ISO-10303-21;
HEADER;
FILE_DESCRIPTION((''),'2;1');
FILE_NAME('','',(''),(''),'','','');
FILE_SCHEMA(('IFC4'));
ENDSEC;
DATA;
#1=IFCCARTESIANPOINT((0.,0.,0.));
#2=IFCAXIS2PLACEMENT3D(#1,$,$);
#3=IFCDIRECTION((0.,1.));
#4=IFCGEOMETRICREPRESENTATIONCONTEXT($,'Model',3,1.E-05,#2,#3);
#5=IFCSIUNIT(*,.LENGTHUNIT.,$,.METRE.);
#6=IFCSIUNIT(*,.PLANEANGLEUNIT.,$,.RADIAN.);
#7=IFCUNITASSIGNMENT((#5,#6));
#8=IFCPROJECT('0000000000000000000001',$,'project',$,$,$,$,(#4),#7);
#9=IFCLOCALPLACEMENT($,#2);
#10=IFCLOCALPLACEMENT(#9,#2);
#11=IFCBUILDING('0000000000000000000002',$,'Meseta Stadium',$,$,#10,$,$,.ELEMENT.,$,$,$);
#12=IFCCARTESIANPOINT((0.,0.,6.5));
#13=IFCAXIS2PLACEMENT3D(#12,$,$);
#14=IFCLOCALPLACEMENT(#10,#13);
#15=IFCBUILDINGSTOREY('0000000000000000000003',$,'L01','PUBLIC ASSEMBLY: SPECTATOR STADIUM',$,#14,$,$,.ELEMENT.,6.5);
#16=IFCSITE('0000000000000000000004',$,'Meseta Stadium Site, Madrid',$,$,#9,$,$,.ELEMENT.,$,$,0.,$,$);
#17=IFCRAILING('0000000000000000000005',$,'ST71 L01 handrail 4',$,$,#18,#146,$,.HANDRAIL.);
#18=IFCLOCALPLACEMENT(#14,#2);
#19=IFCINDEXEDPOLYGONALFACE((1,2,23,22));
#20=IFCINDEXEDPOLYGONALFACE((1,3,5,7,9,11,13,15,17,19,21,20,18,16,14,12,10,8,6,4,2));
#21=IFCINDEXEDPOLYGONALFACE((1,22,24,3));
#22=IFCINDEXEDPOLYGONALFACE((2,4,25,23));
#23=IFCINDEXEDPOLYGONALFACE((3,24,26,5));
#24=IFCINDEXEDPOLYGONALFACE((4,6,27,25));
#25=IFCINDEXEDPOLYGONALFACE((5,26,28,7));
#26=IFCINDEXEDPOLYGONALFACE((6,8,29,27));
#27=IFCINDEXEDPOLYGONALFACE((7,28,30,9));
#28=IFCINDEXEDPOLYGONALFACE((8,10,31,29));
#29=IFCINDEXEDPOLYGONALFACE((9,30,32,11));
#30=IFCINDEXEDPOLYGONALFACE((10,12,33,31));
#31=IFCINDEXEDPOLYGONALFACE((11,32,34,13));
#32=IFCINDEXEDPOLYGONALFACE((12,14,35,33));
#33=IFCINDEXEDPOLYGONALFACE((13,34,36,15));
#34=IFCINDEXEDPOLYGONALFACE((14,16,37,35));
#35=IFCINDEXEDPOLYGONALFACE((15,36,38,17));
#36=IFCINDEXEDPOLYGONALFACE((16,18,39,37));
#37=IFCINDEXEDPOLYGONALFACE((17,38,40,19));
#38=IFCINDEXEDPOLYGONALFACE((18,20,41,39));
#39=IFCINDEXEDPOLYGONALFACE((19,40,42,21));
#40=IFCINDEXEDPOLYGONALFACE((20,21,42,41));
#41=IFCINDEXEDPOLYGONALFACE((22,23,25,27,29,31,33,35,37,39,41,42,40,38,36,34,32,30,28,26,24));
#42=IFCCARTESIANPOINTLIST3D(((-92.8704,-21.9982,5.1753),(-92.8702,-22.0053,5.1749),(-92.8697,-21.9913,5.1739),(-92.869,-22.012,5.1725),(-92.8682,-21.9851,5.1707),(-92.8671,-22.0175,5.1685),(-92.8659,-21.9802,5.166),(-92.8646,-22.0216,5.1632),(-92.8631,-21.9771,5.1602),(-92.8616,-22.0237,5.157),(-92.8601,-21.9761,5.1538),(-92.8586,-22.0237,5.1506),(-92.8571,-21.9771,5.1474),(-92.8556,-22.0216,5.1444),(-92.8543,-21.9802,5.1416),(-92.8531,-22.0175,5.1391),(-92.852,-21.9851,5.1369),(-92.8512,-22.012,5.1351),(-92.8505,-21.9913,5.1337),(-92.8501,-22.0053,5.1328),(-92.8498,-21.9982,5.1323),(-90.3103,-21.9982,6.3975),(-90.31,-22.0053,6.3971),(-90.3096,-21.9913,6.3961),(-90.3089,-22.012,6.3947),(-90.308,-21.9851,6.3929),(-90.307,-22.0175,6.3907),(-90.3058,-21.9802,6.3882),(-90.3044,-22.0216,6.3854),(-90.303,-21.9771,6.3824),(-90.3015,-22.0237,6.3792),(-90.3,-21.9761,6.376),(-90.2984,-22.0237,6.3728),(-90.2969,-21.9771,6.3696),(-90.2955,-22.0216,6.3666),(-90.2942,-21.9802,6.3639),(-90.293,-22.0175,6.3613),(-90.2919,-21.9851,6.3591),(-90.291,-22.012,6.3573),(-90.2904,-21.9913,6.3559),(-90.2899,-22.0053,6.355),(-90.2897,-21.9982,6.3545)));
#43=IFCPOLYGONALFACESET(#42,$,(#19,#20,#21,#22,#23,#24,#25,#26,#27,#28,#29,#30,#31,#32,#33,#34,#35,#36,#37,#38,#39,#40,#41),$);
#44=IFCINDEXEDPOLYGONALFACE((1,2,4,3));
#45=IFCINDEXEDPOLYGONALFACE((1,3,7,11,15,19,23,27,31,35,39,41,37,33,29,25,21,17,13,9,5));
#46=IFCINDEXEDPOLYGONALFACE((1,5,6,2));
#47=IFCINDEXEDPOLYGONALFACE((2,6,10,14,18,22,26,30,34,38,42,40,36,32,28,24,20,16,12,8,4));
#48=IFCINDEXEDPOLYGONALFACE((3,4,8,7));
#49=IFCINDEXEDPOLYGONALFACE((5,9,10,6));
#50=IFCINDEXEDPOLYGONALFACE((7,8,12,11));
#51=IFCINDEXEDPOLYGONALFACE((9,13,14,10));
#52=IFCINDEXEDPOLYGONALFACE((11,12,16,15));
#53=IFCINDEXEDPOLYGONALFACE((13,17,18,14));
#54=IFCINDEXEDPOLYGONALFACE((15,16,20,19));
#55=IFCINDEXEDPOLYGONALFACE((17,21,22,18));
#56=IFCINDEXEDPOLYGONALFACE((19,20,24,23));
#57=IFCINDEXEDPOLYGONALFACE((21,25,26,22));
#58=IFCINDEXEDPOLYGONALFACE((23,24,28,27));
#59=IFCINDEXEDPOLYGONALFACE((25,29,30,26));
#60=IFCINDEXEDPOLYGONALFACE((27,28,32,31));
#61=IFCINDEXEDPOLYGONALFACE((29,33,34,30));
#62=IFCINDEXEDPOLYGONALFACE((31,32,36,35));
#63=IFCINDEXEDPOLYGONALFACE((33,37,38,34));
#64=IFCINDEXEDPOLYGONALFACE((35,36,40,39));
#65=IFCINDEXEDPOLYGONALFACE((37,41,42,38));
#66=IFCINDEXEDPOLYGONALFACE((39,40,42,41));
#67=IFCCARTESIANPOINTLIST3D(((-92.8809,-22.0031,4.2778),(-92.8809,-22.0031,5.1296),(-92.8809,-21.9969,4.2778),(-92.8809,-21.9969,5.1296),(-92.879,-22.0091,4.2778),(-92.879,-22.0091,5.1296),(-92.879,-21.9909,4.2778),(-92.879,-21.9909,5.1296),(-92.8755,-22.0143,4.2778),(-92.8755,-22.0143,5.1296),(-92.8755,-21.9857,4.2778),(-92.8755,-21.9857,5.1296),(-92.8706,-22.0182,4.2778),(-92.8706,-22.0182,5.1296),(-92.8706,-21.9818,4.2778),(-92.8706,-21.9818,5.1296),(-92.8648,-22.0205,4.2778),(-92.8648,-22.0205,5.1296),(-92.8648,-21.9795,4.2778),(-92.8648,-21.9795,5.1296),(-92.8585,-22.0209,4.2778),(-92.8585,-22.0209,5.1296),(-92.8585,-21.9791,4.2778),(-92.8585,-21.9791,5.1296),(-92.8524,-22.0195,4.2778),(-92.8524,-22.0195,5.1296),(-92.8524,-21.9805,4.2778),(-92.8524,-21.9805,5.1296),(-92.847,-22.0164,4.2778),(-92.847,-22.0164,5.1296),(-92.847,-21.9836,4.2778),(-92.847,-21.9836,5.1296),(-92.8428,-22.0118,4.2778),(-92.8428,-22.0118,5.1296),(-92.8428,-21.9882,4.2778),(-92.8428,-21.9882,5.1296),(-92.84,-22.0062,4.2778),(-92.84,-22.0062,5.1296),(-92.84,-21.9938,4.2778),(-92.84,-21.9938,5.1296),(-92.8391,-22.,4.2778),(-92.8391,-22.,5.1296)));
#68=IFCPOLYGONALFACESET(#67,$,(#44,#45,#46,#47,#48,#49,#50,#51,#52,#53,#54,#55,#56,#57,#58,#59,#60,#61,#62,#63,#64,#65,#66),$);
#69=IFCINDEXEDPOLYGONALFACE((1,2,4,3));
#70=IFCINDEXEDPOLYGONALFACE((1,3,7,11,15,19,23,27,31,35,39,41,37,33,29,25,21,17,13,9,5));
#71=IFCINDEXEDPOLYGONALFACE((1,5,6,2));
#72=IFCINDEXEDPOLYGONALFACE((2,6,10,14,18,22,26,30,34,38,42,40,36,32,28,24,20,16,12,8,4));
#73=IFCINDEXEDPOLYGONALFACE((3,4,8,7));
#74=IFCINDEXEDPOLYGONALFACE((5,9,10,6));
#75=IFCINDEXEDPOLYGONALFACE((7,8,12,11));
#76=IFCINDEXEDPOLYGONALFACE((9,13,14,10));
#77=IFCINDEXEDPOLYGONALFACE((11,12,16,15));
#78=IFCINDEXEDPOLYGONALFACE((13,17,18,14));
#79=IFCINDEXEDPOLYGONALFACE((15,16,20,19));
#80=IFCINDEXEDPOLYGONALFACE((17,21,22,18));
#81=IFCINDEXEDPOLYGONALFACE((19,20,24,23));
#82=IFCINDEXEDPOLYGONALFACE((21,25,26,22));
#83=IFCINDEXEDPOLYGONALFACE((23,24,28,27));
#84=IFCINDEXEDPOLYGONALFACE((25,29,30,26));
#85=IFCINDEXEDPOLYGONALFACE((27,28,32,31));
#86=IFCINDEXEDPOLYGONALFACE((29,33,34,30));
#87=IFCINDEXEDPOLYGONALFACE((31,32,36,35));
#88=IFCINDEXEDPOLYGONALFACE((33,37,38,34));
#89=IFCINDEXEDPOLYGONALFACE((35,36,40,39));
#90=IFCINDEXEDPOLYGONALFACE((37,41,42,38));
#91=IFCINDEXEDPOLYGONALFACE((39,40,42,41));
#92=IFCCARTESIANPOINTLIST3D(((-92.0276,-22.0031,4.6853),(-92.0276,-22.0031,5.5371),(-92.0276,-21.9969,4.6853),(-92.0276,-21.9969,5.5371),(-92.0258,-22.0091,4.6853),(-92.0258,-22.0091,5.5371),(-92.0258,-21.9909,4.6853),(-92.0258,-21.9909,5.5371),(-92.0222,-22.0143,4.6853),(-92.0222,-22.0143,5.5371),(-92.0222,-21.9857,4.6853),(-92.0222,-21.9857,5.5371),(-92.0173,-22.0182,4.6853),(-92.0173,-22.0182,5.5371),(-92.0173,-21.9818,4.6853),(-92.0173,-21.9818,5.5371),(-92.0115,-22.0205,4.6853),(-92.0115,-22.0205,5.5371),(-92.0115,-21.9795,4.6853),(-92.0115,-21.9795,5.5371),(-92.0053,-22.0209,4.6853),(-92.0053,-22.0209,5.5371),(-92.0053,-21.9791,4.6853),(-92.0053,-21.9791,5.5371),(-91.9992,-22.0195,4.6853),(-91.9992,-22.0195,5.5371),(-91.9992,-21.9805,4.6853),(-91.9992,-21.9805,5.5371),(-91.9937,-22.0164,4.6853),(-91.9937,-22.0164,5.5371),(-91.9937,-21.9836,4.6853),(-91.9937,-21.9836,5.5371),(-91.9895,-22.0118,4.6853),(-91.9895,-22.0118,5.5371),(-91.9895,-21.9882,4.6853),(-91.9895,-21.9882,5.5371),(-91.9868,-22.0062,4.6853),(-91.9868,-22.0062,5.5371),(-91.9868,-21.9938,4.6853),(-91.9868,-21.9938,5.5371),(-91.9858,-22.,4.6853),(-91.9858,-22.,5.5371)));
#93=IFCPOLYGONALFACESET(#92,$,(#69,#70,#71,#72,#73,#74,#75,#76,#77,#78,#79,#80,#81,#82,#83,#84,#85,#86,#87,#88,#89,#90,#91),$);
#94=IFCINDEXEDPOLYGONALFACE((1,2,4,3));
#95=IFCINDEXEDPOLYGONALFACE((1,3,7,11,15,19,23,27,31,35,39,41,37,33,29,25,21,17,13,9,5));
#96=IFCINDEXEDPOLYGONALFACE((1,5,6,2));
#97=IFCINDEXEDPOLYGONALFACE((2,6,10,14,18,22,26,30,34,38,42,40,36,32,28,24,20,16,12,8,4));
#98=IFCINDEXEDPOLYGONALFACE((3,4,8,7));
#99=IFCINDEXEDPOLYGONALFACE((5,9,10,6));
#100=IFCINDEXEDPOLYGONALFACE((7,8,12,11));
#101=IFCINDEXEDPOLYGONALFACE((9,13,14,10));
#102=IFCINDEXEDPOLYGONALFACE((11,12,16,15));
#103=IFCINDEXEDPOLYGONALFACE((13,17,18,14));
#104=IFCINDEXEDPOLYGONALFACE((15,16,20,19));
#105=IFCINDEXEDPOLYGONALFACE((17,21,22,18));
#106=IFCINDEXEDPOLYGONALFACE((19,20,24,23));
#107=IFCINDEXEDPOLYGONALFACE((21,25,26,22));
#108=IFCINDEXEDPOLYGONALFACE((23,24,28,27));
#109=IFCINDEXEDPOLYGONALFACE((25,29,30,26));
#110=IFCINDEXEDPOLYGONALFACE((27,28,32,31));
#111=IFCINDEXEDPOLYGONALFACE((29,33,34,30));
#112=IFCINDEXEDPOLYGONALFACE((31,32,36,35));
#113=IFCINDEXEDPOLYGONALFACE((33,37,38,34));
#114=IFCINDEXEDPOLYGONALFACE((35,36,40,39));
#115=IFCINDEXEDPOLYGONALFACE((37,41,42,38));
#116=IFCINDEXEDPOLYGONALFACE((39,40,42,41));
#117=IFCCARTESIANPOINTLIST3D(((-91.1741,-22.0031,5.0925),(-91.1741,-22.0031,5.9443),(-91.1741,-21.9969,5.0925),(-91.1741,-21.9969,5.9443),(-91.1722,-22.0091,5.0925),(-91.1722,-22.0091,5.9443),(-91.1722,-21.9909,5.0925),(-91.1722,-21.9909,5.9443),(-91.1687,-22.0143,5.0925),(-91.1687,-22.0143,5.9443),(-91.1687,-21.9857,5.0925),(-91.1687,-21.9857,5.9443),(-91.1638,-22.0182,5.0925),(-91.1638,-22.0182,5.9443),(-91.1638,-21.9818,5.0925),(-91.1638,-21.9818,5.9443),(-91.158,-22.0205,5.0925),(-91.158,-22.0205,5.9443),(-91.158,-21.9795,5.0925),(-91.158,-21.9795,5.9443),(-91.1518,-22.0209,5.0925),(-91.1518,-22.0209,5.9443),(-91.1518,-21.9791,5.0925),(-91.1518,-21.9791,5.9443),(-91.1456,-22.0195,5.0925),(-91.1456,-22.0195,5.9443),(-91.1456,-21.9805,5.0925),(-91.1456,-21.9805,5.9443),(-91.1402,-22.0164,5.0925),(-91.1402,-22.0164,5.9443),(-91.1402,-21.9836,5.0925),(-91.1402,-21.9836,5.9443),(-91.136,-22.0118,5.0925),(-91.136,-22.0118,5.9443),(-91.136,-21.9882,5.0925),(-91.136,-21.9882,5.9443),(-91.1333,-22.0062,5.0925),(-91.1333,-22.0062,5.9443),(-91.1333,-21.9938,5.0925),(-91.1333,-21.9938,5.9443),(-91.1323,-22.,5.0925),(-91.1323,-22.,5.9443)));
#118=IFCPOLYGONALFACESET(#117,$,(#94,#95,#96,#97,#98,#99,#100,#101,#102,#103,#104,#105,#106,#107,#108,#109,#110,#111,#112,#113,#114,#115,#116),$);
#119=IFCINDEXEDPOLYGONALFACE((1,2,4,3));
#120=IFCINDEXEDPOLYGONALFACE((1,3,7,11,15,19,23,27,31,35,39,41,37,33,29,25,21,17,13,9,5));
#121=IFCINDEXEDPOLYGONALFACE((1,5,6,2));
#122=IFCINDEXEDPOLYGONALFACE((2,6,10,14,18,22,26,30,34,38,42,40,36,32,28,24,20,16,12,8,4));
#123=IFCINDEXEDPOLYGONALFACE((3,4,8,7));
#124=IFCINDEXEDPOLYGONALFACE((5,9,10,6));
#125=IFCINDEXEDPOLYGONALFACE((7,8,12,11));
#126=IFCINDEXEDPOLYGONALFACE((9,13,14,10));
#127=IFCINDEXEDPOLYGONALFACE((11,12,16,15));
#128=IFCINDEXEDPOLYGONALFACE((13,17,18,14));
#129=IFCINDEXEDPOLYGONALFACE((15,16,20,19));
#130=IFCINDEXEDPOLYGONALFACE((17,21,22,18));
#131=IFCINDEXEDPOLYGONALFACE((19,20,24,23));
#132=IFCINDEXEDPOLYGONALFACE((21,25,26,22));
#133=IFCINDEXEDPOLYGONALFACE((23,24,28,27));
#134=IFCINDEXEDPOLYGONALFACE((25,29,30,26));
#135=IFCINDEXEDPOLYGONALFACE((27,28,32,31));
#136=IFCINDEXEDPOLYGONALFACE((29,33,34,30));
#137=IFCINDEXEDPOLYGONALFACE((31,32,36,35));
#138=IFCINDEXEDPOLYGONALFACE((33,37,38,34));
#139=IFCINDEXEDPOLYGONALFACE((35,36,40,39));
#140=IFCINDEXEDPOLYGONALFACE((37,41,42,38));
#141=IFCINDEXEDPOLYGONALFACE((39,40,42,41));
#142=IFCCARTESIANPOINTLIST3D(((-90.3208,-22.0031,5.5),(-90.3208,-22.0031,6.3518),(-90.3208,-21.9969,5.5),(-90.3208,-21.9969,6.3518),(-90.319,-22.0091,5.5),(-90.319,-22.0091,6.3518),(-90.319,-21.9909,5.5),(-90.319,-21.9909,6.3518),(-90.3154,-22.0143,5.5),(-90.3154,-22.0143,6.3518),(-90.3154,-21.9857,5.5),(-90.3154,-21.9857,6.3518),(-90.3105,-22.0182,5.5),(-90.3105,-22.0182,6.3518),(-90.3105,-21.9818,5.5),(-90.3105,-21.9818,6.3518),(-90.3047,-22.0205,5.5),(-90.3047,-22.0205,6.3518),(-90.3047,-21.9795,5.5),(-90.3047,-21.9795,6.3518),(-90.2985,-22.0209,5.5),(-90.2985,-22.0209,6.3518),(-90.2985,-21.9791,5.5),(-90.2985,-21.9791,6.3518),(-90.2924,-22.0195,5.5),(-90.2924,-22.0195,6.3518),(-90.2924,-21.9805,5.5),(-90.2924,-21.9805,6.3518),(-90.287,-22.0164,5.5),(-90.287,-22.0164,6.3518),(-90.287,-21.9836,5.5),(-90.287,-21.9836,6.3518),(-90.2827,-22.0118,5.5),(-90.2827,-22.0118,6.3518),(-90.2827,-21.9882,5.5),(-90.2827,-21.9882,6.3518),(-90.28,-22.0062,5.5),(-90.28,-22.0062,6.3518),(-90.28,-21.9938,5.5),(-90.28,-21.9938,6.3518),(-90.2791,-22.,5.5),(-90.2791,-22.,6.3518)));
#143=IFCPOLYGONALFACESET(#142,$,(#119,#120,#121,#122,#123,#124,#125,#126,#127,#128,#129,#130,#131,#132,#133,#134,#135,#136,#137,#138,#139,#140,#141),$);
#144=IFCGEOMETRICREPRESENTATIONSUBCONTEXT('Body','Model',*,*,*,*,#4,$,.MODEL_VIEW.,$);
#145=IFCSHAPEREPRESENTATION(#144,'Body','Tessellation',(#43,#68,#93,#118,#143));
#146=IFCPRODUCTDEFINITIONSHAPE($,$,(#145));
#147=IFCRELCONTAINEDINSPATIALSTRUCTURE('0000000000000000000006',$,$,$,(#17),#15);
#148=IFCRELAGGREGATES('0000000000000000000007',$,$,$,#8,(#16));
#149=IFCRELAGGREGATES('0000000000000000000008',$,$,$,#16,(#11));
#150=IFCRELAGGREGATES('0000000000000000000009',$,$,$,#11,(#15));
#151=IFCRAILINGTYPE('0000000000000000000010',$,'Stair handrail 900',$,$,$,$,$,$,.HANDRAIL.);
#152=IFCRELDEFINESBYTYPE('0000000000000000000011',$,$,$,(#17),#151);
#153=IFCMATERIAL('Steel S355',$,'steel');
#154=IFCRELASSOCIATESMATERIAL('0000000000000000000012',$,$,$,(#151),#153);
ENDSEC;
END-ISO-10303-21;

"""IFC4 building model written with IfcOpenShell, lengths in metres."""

from ifc_helpers import new_model, si_unit, direction, frame, origin, origin_2d, place, context, subcontext, project, spatial, circle, extrude, material, type_object, element, save


model = new_model("IFC4")

# Units and contexts
model_context = context("Model", 3, precision=1e-05, world=origin(), true_north=direction((0.0, 1.0)))
body_context = subcontext(model_context, "Body", "Model", "MODEL_VIEW")
ifc_project = project(units=[si_unit("LENGTHUNIT", "METRE"), si_unit("PLANEANGLEUNIT", "RADIAN")], contexts=[model_context])

# Site, building, storey
site_placement = place(None, origin())
site = spatial("IfcSite", under=ifc_project, at=site_placement, Name="Meseta Stadium Site, Madrid", CompositionType="ELEMENT", RefElevation=0.0)
building_placement = place(site_placement, origin())
building = spatial("IfcBuilding", under=site, at=building_placement, Name="Meseta Stadium", CompositionType="ELEMENT")
storey_placement = place(building_placement, frame((0.0, 0.0, 6.5)))
storey = spatial("IfcBuildingStorey", under=building, at=storey_placement, Name="L01", Description="PUBLIC ASSEMBLY: SPECTATOR STADIUM", CompositionType="ELEMENT", Elevation=6.5)

# Railing
ifc_material_1 = material(Name="Steel S355", Category="steel")
railing_type_1 = type_object("IfcRailingType", Name="Stair handrail 900", PredefinedType="HANDRAIL", material=ifc_material_1)
for number, where, name in (
    (1, (-92.8601, -22.0, 4.2778), "ST71 L01 handrail 4"),
):
    element("IfcRailing", number, at=place(storey_placement, frame(where)), inside=storey, type_object=railing_type_1, Name=name, PredefinedType="HANDRAIL", context=body_context, shape_type="SweptSolid", body=[
        extrude(circle(Radius=0.0239, at=origin_2d()), frame((0.0, 0.0, 0.876), z_axis=(0.902437, 0.0, 0.430822), x_axis=(0.0, 1.0, 0.0)), (0.0, 0.0, 1.0), 2.8369),
        extrude(circle(Radius=0.021, at=origin_2d()), origin(), (0.0, 0.0, 1.0), 0.8518),
        extrude(circle(Radius=0.021, at=origin_2d()), frame((0.8533, 0.0, 0.4075)), (0.0, 0.0, 1.0), 0.8518),
        extrude(circle(Radius=0.021, at=origin_2d()), frame((1.7068, 0.0, 0.8147)), (0.0, 0.0, 1.0), 0.8518),
        extrude(circle(Radius=0.021, at=origin_2d()), frame((2.5601, 0.0, 1.2222)), (0.0, 0.0, 1.0), 0.8518),
    ])

save(model, "model.ifc")
